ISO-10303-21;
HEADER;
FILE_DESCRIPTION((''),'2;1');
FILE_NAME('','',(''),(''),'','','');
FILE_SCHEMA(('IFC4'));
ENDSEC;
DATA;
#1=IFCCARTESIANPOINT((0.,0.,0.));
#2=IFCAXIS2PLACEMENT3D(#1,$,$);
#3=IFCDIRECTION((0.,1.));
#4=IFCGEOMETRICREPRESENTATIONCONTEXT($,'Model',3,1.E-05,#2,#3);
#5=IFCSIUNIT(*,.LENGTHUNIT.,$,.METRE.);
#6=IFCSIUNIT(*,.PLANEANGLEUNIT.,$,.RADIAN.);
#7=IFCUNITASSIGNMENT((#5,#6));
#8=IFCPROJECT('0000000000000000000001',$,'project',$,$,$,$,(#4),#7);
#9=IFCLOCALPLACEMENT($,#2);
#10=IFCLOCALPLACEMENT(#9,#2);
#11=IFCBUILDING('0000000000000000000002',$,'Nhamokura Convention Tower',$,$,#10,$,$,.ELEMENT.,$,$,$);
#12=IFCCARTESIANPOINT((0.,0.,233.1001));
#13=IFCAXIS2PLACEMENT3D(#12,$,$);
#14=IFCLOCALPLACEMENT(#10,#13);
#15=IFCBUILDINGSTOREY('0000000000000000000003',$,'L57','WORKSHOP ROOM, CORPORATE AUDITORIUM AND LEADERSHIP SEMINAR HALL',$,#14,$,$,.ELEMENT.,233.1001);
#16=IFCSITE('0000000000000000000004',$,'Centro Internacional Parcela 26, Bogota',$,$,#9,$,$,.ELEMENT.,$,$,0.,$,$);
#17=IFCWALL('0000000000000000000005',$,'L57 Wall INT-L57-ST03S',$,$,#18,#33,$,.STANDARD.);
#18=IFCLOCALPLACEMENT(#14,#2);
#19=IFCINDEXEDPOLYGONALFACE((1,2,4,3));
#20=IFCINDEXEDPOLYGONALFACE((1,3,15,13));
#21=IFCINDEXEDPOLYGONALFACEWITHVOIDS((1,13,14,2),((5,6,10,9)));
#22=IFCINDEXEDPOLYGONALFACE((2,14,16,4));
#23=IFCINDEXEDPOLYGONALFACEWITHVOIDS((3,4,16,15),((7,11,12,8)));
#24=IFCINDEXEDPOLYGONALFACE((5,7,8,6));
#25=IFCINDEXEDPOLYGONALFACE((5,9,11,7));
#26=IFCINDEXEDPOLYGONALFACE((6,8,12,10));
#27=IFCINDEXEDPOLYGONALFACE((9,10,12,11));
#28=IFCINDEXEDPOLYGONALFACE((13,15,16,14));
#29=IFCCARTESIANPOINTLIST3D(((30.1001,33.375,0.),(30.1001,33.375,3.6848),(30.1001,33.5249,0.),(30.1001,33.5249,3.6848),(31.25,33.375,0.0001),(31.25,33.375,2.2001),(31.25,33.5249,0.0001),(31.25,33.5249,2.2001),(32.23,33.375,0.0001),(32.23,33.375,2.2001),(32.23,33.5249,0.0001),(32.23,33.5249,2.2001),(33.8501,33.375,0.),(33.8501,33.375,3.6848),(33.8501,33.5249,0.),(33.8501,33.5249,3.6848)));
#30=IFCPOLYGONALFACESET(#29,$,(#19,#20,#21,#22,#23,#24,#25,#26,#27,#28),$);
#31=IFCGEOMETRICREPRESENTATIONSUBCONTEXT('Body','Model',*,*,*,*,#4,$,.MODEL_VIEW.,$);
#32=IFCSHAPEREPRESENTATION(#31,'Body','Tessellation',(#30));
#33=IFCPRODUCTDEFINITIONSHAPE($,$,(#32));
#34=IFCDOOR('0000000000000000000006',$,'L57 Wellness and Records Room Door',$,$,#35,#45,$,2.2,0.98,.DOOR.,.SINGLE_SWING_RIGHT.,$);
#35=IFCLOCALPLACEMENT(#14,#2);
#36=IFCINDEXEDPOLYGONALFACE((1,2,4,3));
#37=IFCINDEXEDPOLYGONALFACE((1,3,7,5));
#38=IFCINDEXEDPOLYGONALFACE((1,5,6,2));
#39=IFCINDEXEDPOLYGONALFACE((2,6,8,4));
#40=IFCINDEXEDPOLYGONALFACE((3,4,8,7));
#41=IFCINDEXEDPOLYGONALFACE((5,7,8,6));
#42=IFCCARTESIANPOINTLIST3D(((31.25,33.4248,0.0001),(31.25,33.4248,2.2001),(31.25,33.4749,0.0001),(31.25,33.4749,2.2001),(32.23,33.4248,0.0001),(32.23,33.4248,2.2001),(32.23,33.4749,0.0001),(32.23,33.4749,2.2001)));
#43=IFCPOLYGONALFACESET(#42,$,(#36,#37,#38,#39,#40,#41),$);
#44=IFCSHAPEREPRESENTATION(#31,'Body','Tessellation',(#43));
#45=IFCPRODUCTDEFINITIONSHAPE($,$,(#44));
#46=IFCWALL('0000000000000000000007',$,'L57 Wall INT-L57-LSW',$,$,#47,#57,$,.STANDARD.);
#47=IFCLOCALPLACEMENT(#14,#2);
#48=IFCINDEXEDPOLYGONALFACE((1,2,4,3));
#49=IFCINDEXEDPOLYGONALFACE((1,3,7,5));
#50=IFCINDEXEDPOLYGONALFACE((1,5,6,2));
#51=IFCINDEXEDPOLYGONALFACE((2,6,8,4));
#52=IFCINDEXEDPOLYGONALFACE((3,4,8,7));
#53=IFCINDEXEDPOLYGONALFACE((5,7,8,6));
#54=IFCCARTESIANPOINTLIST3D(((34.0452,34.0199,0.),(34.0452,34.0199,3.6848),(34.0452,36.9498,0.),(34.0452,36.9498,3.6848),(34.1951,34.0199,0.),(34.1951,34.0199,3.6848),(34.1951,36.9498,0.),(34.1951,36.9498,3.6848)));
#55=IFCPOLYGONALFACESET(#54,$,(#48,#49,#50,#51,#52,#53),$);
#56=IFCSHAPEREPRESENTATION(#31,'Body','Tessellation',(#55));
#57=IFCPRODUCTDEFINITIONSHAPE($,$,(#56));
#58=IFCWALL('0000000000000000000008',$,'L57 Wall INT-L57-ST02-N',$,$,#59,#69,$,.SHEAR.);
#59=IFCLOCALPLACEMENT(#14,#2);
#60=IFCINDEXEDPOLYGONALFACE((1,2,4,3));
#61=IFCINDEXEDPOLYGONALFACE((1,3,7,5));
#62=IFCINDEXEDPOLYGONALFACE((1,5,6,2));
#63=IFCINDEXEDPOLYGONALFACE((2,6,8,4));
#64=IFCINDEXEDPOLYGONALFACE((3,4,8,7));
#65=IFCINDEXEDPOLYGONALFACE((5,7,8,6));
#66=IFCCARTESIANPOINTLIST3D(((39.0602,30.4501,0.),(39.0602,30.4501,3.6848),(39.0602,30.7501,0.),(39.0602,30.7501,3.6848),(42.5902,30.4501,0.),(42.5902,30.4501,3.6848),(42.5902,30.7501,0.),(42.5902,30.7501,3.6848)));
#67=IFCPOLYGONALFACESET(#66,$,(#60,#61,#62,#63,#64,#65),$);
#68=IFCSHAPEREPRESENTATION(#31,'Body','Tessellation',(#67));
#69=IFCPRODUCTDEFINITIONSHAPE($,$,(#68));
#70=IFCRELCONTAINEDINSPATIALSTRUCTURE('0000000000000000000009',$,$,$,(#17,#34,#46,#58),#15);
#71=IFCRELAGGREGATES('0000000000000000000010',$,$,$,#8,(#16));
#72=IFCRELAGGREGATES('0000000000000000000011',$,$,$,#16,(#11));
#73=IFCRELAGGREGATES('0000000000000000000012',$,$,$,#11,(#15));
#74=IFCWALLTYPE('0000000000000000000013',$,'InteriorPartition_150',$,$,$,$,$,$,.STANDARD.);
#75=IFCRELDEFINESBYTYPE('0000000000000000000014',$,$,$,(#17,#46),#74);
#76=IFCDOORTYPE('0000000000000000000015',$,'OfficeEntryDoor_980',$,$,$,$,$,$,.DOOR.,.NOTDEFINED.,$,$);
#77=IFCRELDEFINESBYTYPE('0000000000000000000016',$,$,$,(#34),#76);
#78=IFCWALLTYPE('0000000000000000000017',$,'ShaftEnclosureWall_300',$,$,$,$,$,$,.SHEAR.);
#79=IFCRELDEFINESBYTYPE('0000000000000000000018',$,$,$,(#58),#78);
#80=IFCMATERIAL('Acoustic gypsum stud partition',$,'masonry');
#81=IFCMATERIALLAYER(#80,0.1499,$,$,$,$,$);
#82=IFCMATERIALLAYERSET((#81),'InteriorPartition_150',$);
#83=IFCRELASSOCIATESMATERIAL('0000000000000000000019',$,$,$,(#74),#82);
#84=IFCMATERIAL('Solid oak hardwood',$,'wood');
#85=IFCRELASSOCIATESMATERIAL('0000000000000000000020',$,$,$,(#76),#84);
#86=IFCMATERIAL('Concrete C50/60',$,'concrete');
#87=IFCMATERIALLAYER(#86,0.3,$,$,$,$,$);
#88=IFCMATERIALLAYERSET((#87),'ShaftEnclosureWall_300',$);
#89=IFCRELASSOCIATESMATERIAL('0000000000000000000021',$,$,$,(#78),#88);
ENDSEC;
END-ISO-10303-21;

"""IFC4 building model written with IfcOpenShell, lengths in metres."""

from ifc_helpers import new_model, si_unit, direction, frame, frame_2d, origin, place, context, subcontext, project, spatial, rectangle, extrude, material, layer, layer_set, type_object, element, fill, save


model = new_model("IFC4")

# Units and contexts
model_context = context("Model", 3, precision=1e-05, world=origin(), true_north=direction((0.0, 1.0)))
body_context = subcontext(model_context, "Body", "Model", "MODEL_VIEW")
ifc_project = project(units=[si_unit("LENGTHUNIT", "METRE"), si_unit("PLANEANGLEUNIT", "RADIAN")], contexts=[model_context])

# Site, building, storey
site_placement = place(None, origin())
site = spatial("IfcSite", under=ifc_project, at=site_placement, Name="Centro Internacional Parcela 26, Bogota", CompositionType="ELEMENT", RefElevation=0.0)
building_placement = place(site_placement, origin())
building = spatial("IfcBuilding", under=site, at=building_placement, Name="Nhamokura Convention Tower", CompositionType="ELEMENT")
storey_placement = place(building_placement, frame((0.0, 0.0, 233.1001)))
storey = spatial("IfcBuildingStorey", under=building, at=storey_placement, Name="L57", Description="WORKSHOP ROOM, CORPORATE AUDITORIUM AND LEADERSHIP SEMINAR HALL", CompositionType="ELEMENT", Elevation=233.1001)

# Shared definitions
ifc_material_1 = material(Name="Acoustic gypsum stud partition", Category="masonry")
ifc_layer_1 = layer(ifc_material_1, 0.1499)
ifc_layer_set_1 = layer_set([ifc_layer_1], Name="InteriorPartition_150")
wall_type_1 = type_object("IfcWallType", Name="InteriorPartition_150", PredefinedType="STANDARD", material=ifc_layer_set_1)

# Wall, opening, door
wall_1_placement = place(storey_placement, frame((30.1001, 33.45, 0.0), z_axis=(0.0, 0.0, 1.0), x_axis=(1.0, 0.0, 0.0)))
wall_1 = element("IfcWall", 1, at=wall_1_placement, inside=storey, type_object=wall_type_1, Name="L57 Wall INT-L57-ST03S", PredefinedType="STANDARD", context=body_context, shape_type="SweptSolid", body=[
    extrude(rectangle(XDim=3.75, YDim=0.1499, at=frame_2d((1.875, 0.0))), origin(), (0.0, 0.0, 1.0), 3.6848),
])
opening_1_placement = place(wall_1_placement, frame((1.1499, 0.0, 0.0)))
opening_1 = element("IfcOpeningElement", 2, at=opening_1_placement, cuts=wall_1, PredefinedType="OPENING", context=body_context, shape_type="SweptSolid", body=[
    extrude(rectangle(XDim=0.98, YDim=2.2, at=frame_2d((0.49, 1.1001))), frame((0.0, 0.085, 0.0), z_axis=(0.0, -1.0, 0.0), x_axis=(1.0, 0.0, 0.0)), (0.0, 0.0, 1.0), 0.1699),
])
ifc_material_2 = material(Name="Solid oak hardwood", Category="wood")
door_type_1 = type_object("IfcDoorType", Name="OfficeEntryDoor_980", OperationType="NOTDEFINED", PredefinedType="DOOR", material=ifc_material_2)
door_1_placement = place(opening_1_placement, origin())
door_1 = element("IfcDoor", 3, at=door_1_placement, inside=storey, type_object=door_type_1, Name="L57 Wellness and Records Room Door", OperationType="SINGLE_SWING_RIGHT", OverallHeight=2.2, OverallWidth=0.98, PredefinedType="DOOR", context=body_context, shape_type="SweptSolid", body=[
    extrude(rectangle(XDim=0.98, YDim=2.2, at=frame_2d((0.49, 1.1001))), frame((0.0, 0.0249, 0.0), z_axis=(0.0, -1.0, 0.0), x_axis=(1.0, 0.0, 0.0)), (0.0, 0.0, 1.0), 0.05),
])
fill(opening_1, door_1)

# Walls
wall_2_placement = place(storey_placement, frame((34.1201, 34.02, 0.0), z_axis=(0.0, 0.0, 1.0), x_axis=(0.0, 1.0, 0.0)))
element("IfcWall", 4, at=wall_2_placement, inside=storey, type_object=wall_type_1, Name="L57 Wall INT-L57-LSW", PredefinedType="STANDARD", context=body_context, shape_type="SweptSolid", body=[
    extrude(rectangle(XDim=2.9299, YDim=0.1499, at=frame_2d((1.4648, 0.0))), origin(), (0.0, 0.0, 1.0), 3.6848),
])
ifc_material_3 = material(Name="Concrete C50/60", Category="concrete")
ifc_layer_2 = layer(ifc_material_3, 0.3)
ifc_layer_set_2 = layer_set([ifc_layer_2], Name="ShaftEnclosureWall_300")
wall_type_2 = type_object("IfcWallType", Name="ShaftEnclosureWall_300", PredefinedType="SHEAR", material=ifc_layer_set_2)
wall_3_placement = place(storey_placement, frame((39.0601, 30.6001, 0.0), z_axis=(0.0, 0.0, 1.0), x_axis=(1.0, 0.0, 0.0)))
element("IfcWall", 5, at=wall_3_placement, inside=storey, type_object=wall_type_2, Name="L57 Wall INT-L57-ST02-N", PredefinedType="SHEAR", context=body_context, shape_type="SweptSolid", body=[
    extrude(rectangle(XDim=3.53, YDim=0.3, at=frame_2d((1.7651, 0.0))), origin(), (0.0, 0.0, 1.0), 3.6848),
])

save(model, "model.ifc")
